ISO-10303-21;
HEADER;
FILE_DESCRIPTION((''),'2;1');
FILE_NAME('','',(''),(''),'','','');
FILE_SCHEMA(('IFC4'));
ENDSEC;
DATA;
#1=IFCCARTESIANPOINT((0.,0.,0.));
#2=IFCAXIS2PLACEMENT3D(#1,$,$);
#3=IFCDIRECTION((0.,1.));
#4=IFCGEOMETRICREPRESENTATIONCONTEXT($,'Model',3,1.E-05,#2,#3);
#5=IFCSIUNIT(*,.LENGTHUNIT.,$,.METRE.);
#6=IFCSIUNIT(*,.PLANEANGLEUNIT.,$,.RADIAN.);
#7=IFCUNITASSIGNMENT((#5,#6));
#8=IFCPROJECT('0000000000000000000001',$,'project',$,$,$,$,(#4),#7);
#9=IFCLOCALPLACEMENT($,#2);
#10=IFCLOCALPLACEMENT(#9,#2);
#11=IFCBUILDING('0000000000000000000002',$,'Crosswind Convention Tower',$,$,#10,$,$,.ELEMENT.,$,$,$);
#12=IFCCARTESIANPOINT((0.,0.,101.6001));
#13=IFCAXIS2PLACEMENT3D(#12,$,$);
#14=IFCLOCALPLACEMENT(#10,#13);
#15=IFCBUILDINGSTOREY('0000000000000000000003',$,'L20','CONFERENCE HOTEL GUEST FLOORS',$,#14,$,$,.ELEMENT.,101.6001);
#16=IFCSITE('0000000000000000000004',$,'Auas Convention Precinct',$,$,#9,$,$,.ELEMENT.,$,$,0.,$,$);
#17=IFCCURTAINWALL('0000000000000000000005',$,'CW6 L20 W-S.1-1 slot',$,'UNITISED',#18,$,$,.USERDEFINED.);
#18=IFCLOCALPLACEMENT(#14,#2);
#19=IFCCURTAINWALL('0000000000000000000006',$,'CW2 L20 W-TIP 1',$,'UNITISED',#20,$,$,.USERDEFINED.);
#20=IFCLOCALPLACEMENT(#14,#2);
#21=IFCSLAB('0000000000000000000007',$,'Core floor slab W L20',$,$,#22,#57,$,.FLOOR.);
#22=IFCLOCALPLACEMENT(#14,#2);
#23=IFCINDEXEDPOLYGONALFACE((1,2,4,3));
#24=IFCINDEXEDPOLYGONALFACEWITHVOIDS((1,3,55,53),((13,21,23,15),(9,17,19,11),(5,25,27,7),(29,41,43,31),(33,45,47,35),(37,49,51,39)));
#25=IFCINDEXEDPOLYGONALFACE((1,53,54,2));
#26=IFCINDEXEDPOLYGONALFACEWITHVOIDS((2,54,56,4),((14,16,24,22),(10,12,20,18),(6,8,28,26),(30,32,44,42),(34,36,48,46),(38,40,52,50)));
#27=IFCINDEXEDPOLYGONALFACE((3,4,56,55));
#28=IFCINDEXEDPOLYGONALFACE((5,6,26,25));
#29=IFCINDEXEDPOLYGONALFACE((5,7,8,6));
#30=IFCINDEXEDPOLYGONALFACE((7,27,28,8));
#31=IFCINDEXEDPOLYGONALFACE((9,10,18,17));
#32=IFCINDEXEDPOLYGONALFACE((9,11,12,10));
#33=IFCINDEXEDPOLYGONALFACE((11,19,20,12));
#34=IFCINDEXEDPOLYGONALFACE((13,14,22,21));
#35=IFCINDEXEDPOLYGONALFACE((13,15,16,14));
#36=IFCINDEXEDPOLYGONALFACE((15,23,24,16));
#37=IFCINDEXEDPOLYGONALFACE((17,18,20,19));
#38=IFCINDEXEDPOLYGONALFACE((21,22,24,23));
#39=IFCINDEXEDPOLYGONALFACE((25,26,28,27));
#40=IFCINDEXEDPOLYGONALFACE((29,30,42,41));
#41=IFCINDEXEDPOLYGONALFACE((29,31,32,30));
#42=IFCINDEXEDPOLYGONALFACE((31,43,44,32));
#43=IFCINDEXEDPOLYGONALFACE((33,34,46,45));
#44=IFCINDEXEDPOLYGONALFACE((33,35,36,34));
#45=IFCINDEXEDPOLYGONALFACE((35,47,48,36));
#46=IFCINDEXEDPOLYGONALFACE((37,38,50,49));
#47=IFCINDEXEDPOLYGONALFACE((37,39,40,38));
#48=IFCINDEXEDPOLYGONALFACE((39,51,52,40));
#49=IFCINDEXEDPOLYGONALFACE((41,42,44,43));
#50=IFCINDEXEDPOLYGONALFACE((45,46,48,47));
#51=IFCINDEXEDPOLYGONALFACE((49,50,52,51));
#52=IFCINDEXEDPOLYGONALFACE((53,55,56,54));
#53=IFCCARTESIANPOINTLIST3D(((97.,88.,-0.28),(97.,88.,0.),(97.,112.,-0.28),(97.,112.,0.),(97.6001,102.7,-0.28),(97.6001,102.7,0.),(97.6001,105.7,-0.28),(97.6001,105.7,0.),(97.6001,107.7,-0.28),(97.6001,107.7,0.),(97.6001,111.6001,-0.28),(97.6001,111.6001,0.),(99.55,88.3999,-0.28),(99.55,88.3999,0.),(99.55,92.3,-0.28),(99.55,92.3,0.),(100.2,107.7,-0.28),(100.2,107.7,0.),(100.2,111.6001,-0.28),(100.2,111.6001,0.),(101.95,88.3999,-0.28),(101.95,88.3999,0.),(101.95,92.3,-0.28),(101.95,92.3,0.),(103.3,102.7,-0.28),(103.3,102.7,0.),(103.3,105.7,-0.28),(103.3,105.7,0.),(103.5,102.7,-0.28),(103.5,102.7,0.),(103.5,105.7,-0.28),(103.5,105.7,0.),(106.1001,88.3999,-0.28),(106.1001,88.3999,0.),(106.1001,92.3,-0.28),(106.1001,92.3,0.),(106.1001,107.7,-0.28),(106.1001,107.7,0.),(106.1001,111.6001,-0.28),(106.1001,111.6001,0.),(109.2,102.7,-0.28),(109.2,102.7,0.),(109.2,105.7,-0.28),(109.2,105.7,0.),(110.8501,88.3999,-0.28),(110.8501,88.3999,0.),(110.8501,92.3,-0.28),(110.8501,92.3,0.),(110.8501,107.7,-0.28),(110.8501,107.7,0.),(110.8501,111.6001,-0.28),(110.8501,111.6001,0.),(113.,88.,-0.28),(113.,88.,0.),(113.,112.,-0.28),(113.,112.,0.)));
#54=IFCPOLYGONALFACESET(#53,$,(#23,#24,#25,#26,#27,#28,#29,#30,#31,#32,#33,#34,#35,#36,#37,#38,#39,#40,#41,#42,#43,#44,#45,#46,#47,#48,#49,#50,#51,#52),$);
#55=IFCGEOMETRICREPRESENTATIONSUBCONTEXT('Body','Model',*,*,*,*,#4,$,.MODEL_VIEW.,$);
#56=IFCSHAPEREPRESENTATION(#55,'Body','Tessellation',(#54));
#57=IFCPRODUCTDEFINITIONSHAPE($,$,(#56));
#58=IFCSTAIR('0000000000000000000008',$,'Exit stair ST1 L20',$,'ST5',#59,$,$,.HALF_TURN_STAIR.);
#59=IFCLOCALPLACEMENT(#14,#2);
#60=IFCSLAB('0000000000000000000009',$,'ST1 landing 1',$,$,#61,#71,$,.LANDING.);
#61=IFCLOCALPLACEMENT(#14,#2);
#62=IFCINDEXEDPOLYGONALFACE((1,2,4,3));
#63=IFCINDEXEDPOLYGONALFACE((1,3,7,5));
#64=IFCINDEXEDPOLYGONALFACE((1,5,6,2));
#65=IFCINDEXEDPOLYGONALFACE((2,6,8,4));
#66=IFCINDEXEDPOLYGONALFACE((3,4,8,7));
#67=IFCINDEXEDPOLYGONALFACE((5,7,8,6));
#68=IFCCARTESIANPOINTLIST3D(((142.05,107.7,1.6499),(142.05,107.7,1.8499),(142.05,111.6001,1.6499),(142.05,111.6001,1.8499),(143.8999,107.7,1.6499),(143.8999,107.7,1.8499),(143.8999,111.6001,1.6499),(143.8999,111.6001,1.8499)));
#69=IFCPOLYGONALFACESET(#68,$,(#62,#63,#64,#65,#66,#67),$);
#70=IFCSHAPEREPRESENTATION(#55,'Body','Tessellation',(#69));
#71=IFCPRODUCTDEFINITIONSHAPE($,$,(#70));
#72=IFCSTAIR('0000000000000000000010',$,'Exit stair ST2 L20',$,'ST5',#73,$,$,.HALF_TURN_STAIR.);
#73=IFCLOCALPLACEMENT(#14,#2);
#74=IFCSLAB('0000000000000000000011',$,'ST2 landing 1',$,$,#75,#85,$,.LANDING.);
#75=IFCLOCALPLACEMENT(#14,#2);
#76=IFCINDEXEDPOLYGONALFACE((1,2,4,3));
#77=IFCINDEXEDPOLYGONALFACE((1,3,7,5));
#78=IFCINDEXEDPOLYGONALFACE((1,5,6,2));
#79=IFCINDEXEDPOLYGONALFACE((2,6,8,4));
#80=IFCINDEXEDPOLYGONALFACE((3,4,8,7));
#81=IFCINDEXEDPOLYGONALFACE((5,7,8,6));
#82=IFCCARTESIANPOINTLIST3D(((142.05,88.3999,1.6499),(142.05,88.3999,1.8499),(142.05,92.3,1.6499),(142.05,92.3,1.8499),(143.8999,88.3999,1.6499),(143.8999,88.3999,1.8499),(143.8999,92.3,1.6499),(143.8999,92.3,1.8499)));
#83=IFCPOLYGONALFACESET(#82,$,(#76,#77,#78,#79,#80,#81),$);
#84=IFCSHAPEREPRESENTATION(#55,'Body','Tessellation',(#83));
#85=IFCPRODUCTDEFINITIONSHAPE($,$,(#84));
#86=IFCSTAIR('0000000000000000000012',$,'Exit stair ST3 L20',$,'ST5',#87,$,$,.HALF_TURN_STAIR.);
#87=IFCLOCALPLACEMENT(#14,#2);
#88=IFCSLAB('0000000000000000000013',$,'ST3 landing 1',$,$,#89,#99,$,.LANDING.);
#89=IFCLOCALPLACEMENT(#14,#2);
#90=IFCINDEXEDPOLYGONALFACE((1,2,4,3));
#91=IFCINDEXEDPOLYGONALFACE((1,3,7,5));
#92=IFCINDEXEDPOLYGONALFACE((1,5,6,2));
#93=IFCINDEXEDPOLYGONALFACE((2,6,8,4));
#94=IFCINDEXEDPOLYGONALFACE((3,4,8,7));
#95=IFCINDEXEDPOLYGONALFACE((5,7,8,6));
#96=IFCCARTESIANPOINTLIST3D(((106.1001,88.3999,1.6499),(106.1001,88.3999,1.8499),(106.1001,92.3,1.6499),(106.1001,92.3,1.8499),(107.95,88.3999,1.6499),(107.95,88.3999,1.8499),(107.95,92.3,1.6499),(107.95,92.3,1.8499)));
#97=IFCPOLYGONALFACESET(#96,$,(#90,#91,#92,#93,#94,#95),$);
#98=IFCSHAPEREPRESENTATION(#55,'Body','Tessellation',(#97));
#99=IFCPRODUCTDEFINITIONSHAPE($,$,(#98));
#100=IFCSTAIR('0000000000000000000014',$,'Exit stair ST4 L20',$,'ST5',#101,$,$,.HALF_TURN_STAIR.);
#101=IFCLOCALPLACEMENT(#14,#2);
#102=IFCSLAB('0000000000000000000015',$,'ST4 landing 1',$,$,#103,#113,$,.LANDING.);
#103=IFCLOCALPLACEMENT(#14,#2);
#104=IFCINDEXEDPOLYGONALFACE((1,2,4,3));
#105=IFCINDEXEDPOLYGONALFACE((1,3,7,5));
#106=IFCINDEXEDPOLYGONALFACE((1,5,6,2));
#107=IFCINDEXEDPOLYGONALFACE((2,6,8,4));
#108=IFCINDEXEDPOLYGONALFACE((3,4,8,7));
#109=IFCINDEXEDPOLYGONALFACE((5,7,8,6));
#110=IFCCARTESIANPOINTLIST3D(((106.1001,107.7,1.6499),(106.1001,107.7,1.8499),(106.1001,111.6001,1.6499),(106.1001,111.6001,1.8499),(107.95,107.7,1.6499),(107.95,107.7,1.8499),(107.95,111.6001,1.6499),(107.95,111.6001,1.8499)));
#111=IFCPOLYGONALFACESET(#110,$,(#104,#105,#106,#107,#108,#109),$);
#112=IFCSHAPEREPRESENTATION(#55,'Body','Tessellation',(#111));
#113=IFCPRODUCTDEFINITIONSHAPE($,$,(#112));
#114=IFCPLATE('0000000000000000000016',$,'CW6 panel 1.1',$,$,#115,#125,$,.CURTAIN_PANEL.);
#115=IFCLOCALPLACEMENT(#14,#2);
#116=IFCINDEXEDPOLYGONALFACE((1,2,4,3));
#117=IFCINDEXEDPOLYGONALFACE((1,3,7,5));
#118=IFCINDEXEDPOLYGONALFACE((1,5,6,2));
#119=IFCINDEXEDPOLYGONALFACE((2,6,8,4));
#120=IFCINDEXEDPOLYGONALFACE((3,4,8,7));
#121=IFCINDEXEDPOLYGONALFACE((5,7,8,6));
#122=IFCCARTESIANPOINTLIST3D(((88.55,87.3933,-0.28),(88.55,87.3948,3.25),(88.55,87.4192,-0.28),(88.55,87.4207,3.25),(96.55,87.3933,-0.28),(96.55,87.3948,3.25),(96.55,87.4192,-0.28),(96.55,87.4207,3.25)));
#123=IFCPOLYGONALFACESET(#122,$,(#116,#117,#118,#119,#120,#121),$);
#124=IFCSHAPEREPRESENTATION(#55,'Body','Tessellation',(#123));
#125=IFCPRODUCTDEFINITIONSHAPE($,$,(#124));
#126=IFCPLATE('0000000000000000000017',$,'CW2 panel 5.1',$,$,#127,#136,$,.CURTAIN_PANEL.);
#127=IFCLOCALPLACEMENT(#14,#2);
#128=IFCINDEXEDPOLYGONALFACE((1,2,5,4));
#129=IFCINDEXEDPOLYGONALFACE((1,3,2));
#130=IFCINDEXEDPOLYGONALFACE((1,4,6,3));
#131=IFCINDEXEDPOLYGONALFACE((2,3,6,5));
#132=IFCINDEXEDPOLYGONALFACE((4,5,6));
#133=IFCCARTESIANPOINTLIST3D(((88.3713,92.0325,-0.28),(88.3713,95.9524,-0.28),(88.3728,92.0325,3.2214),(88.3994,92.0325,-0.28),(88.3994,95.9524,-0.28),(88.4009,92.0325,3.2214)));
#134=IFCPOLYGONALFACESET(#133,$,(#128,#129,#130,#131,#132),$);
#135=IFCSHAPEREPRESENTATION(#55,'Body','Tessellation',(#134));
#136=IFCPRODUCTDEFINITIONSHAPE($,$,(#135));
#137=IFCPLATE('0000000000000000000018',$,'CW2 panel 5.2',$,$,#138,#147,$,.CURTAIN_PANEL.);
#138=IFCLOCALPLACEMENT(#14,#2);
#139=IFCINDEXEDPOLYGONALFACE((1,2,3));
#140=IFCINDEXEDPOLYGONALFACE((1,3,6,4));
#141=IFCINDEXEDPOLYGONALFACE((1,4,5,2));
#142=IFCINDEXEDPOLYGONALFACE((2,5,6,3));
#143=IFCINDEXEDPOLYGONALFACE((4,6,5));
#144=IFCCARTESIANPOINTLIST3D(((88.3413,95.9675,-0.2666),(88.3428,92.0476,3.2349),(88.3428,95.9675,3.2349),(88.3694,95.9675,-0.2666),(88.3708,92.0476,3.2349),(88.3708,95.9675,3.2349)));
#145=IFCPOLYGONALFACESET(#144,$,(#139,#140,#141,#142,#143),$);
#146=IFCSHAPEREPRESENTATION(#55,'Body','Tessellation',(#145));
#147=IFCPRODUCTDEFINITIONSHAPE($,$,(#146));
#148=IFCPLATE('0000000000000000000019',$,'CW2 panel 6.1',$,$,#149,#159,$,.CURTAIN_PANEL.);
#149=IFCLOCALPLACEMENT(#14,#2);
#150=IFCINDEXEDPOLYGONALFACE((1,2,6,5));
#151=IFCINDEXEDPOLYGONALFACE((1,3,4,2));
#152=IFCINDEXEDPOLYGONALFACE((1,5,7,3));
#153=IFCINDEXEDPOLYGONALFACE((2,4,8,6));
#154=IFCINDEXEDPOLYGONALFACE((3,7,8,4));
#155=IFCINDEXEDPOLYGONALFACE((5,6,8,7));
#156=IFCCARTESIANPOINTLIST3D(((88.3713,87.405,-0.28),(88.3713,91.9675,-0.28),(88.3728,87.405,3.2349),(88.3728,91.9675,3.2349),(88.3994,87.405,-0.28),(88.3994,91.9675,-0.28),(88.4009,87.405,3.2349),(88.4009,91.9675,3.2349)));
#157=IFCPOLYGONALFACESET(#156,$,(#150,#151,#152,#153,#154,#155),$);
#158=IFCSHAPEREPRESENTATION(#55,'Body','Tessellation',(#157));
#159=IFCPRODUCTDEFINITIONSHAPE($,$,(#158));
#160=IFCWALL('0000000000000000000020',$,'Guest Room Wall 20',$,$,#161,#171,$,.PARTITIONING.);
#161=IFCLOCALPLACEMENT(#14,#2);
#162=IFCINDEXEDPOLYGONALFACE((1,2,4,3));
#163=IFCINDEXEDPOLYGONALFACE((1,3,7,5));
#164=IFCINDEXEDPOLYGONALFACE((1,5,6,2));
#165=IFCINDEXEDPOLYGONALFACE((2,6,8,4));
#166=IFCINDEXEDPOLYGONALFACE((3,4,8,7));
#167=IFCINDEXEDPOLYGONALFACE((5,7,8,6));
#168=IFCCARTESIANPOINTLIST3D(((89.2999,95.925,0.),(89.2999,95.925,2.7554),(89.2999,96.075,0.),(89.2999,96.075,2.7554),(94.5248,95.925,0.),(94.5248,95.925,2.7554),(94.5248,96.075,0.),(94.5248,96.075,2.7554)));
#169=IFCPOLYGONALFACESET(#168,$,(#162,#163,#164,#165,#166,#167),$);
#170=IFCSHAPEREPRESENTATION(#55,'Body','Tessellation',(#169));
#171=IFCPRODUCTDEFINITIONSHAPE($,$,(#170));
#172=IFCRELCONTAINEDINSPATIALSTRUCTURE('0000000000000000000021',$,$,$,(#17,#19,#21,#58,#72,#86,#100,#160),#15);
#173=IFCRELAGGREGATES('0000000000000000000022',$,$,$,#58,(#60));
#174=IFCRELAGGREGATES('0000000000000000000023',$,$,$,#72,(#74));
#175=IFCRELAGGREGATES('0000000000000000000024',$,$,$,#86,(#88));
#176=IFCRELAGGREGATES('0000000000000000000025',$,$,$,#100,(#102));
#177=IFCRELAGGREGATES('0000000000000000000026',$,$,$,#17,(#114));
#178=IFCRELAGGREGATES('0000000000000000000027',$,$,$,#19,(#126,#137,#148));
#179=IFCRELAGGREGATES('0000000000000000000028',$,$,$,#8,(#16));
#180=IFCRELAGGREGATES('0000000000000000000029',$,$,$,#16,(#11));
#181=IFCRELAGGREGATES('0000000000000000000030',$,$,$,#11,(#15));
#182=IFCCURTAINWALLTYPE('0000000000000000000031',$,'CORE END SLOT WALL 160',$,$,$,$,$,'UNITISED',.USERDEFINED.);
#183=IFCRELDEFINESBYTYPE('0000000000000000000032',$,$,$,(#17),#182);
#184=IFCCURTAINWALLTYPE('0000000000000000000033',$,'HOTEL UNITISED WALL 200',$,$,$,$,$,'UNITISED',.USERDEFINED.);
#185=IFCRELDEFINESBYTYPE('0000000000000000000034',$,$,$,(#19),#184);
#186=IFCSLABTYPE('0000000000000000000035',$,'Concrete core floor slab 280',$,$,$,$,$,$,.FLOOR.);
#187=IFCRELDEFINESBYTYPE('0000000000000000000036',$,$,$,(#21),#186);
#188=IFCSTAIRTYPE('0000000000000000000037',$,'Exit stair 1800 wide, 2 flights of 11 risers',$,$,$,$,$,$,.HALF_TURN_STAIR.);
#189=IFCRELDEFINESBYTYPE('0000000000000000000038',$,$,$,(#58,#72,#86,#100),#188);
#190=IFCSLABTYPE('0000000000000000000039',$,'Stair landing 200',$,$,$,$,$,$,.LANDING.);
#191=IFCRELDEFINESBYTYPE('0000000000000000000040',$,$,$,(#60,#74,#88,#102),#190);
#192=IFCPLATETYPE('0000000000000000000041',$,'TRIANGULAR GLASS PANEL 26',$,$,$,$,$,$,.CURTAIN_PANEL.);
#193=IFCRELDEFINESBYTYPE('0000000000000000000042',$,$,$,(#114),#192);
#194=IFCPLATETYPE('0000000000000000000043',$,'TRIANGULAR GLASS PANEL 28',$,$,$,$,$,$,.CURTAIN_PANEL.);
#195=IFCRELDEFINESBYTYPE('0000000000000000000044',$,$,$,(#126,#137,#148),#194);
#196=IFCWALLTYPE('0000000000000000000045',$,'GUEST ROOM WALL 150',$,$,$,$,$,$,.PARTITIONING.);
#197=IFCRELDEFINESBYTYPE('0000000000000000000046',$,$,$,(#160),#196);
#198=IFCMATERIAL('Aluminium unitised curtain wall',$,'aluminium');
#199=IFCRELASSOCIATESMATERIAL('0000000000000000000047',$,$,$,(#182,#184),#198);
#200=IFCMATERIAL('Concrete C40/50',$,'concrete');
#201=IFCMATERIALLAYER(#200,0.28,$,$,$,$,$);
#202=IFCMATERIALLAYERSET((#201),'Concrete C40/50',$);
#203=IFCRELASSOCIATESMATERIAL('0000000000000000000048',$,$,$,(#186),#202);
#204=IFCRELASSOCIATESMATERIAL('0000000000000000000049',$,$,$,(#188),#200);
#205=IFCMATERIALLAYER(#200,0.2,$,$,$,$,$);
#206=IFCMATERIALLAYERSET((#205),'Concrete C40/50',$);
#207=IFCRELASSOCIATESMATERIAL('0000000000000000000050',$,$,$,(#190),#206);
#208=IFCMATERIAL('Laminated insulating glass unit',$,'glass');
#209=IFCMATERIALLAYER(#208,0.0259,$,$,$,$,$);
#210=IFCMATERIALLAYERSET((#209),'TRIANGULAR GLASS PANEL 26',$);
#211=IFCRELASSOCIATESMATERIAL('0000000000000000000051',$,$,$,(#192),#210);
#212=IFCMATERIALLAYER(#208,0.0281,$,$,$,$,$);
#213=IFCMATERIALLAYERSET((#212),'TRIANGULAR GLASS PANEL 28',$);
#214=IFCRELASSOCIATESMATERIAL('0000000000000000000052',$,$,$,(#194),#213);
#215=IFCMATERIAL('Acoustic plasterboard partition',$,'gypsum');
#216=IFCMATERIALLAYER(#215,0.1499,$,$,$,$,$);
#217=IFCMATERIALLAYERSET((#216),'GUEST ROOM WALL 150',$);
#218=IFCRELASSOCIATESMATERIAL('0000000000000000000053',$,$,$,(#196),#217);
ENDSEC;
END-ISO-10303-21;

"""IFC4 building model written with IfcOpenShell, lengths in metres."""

from ifc_helpers import new_model, si_unit, direction, frame, frame_2d, origin, place, context, subcontext, project, spatial, polyline, rectangle, outline, extrude, material, layer, layer_set, type_object, element, aggregate, save


model = new_model("IFC4")

# Units and contexts
model_context = context("Model", 3, precision=1e-05, world=origin(), true_north=direction((0.0, 1.0)))
body_context = subcontext(model_context, "Body", "Model", "MODEL_VIEW")
ifc_project = project(units=[si_unit("LENGTHUNIT", "METRE"), si_unit("PLANEANGLEUNIT", "RADIAN")], contexts=[model_context])

# Site, building, storey
site_placement = place(None, origin())
site = spatial("IfcSite", under=ifc_project, at=site_placement, Name="Auas Convention Precinct", CompositionType="ELEMENT", RefElevation=0.0)
building_placement = place(site_placement, origin())
building = spatial("IfcBuilding", under=site, at=building_placement, Name="Crosswind Convention Tower", CompositionType="ELEMENT")
storey_placement = place(building_placement, frame((0.0, 0.0, 101.6001)))
storey = spatial("IfcBuildingStorey", under=building, at=storey_placement, Name="L20", Description="CONFERENCE HOTEL GUEST FLOORS", CompositionType="ELEMENT", Elevation=101.6001)

# Curtain wall
ifc_material_1 = material(Name="Aluminium unitised curtain wall", Category="aluminium")
curtain_wall_type_1 = type_object("IfcCurtainWallType", Name="CORE END SLOT WALL 160", ElementType="UNITISED", PredefinedType="USERDEFINED", material=ifc_material_1)
curtain_wall_1_placement = place(storey_placement, origin())
curtain_wall_1 = element("IfcCurtainWall", 1, at=curtain_wall_1_placement, inside=storey, type_object=curtain_wall_type_1, Name="CW6 L20 W-S.1-1 slot", ObjectType="UNITISED", PredefinedType="USERDEFINED")

# Curtain wall
curtain_wall_type_2 = type_object("IfcCurtainWallType", Name="HOTEL UNITISED WALL 200", ElementType="UNITISED", PredefinedType="USERDEFINED", material=ifc_material_1)
curtain_wall_2_placement = place(storey_placement, origin())
curtain_wall_2 = element("IfcCurtainWall", 2, at=curtain_wall_2_placement, inside=storey, type_object=curtain_wall_type_2, Name="CW2 L20 W-TIP 1", ObjectType="UNITISED", PredefinedType="USERDEFINED")

# Slab
ifc_material_2 = material(Name="Concrete C40/50", Category="concrete")
ifc_layer_1 = layer(ifc_material_2, 0.28)
ifc_layer_set_1 = layer_set([ifc_layer_1], Name="Concrete C40/50")
slab_type_1 = type_object("IfcSlabType", Name="Concrete core floor slab 280", PredefinedType="FLOOR", material=ifc_layer_set_1)
slab_1_placement = place(storey_placement, frame((0.0, 0.0, -0.28)))
element("IfcSlab", 3, at=slab_1_placement, inside=storey, type_object=slab_type_1, Name="Core floor slab W L20", PredefinedType="FLOOR", context=body_context, shape_type="SweptSolid", body=[
    extrude(outline(polyline([(97.0, 88.0), (113.0, 88.0), (113.0, 112.0), (97.0, 112.0), (97.0, 88.0)]), holes=[polyline([(109.2, 102.7), (109.2, 105.7), (103.5, 105.7), (103.5, 102.7), (109.2, 102.7)]), polyline([(103.3, 102.7), (103.3, 105.7), (97.6001, 105.7), (97.6001, 102.7), (103.3, 102.7)]), polyline([(101.95, 88.3999), (101.95, 92.3), (99.55, 92.3), (99.55, 88.3999), (101.95, 88.3999)]), polyline([(100.2, 107.7), (100.2, 111.6001), (97.6001, 111.6001), (97.6001, 107.7), (100.2, 107.7)]), polyline([(110.8501, 88.3999), (110.8501, 92.3), (106.1001, 92.3), (106.1001, 88.3999), (110.8501, 88.3999)]), polyline([(110.8501, 107.7), (110.8501, 111.6001), (106.1001, 111.6001), (106.1001, 107.7), (110.8501, 107.7)])]), origin(), (0.0, 0.0, 1.0), 0.28),
])

# Stairs, slabs
stair_type = type_object("IfcStairType", Name="Exit stair 1800 wide, 2 flights of 11 risers", PredefinedType="HALF_TURN_STAIR", material=ifc_material_2)
stair_1_placement = place(storey_placement, origin())
stair_1 = element("IfcStair", 4, at=stair_1_placement, inside=storey, type_object=stair_type, Name="Exit stair ST1 L20", ObjectType="ST5", PredefinedType="HALF_TURN_STAIR")
ifc_layer_2 = layer(ifc_material_2, 0.2)
ifc_layer_set_2 = layer_set([ifc_layer_2], Name="Concrete C40/50")
slab_type_2 = type_object("IfcSlabType", Name="Stair landing 200", PredefinedType="LANDING", material=ifc_layer_set_2)
slab_2_placement = place(storey_placement, frame((0.0, 0.0, 1.6499)))
slab_2 = element("IfcSlab", 5, at=slab_2_placement, type_object=slab_type_2, Name="ST1 landing 1", PredefinedType="LANDING", context=body_context, shape_type="SweptSolid", body=[
    extrude(outline(polyline([(143.8999, 107.7), (143.8999, 111.6001), (142.05, 111.6001), (142.05, 107.7), (143.8999, 107.7)])), origin(), (0.0, 0.0, 1.0), 0.2),
])
aggregate(stair_1, [slab_2])
stair_2_placement = place(storey_placement, origin())
stair_2 = element("IfcStair", 6, at=stair_2_placement, inside=storey, type_object=stair_type, Name="Exit stair ST2 L20", ObjectType="ST5", PredefinedType="HALF_TURN_STAIR")
slab_3_placement = place(storey_placement, frame((0.0, 0.0, 1.6499)))
slab_3 = element("IfcSlab", 7, at=slab_3_placement, type_object=slab_type_2, Name="ST2 landing 1", PredefinedType="LANDING", context=body_context, shape_type="SweptSolid", body=[
    extrude(outline(polyline([(143.8999, 88.3999), (143.8999, 92.3), (142.05, 92.3), (142.05, 88.3999), (143.8999, 88.3999)])), origin(), (0.0, 0.0, 1.0), 0.2),
])
aggregate(stair_2, [slab_3])
stair_3_placement = place(storey_placement, origin())
stair_3 = element("IfcStair", 8, at=stair_3_placement, inside=storey, type_object=stair_type, Name="Exit stair ST3 L20", ObjectType="ST5", PredefinedType="HALF_TURN_STAIR")
slab_4_placement = place(storey_placement, frame((0.0, 0.0, 1.6499)))
slab_4 = element("IfcSlab", 9, at=slab_4_placement, type_object=slab_type_2, Name="ST3 landing 1", PredefinedType="LANDING", context=body_context, shape_type="SweptSolid", body=[
    extrude(outline(polyline([(107.95, 88.3999), (107.95, 92.3), (106.1001, 92.3), (106.1001, 88.3999), (107.95, 88.3999)])), origin(), (0.0, 0.0, 1.0), 0.2),
])
aggregate(stair_3, [slab_4])
stair_4_placement = place(storey_placement, origin())
stair_4 = element("IfcStair", 10, at=stair_4_placement, inside=storey, type_object=stair_type, Name="Exit stair ST4 L20", ObjectType="ST5", PredefinedType="HALF_TURN_STAIR")
slab_5_placement = place(storey_placement, frame((0.0, 0.0, 1.6499)))
slab_5 = element("IfcSlab", 11, at=slab_5_placement, type_object=slab_type_2, Name="ST4 landing 1", PredefinedType="LANDING", context=body_context, shape_type="SweptSolid", body=[
    extrude(outline(polyline([(107.95, 107.7), (107.95, 111.6001), (106.1001, 111.6001), (106.1001, 107.7), (107.95, 107.7)])), origin(), (0.0, 0.0, 1.0), 0.2),
])
aggregate(stair_4, [slab_5])

# Plates
ifc_material_3 = material(Name="Laminated insulating glass unit", Category="glass")
ifc_layer_3 = layer(ifc_material_3, 0.0259)
ifc_layer_set_3 = layer_set([ifc_layer_3], Name="TRIANGULAR GLASS PANEL 26")
plate_type_1 = type_object("IfcPlateType", Name="TRIANGULAR GLASS PANEL 26", PredefinedType="CURTAIN_PANEL", material=ifc_layer_set_3)
plate_1_placement = place(storey_placement, frame((88.55, 87.3933, -0.28), z_axis=(0.0, -1.0, 0.000415), x_axis=(1.0, 0.0, 0.0)))
plate_1 = element("IfcPlate", 12, at=plate_1_placement, type_object=plate_type_1, Name="CW6 panel 1.1", PredefinedType="CURTAIN_PANEL", context=body_context, shape_type="SweptSolid", body=[
    extrude(outline(polyline([(0.0, 0.0), (8.0, 0.0), (8.0, 3.53), (0.0, 3.53), (0.0, 0.0)])), origin(), (0.0, 0.0, -1.0), 0.0259),
])
aggregate(curtain_wall_1, [plate_1])
ifc_layer_4 = layer(ifc_material_3, 0.0281)
ifc_layer_set_4 = layer_set([ifc_layer_4], Name="TRIANGULAR GLASS PANEL 28")
plate_type_2 = type_object("IfcPlateType", Name="TRIANGULAR GLASS PANEL 28", PredefinedType="CURTAIN_PANEL", material=ifc_layer_set_4)
plate_2_placement = place(storey_placement, frame((88.3713, 92.0325, -0.28), z_axis=(-1.0, 0.0, 0.000418), x_axis=(0.000418, 0.0, 1.0)))
plate_2 = element("IfcPlate", 13, at=plate_2_placement, type_object=plate_type_2, Name="CW2 panel 5.1", PredefinedType="CURTAIN_PANEL", context=body_context, shape_type="SweptSolid", body=[
    extrude(outline(polyline([(0.0, 0.0), (3.5015, 0.0), (0.0, 3.9199), (0.0, 0.0)])), origin(), (0.0, 0.0, -1.0), 0.0281),
])
plate_3_placement = place(storey_placement, frame((88.3428, 95.9675, 3.2349), z_axis=(-1.0, 0.0, 0.000418), x_axis=(-0.000418, 0.0, -1.0)))
plate_3 = element("IfcPlate", 14, at=plate_3_placement, type_object=plate_type_2, Name="CW2 panel 5.2", PredefinedType="CURTAIN_PANEL", context=body_context, shape_type="SweptSolid", body=[
    extrude(outline(polyline([(0.0, 0.0), (3.5015, 0.0), (0.0, 3.9199), (0.0, 0.0)])), origin(), (0.0, 0.0, -1.0), 0.0281),
])
plate_4_placement = place(storey_placement, frame((88.3713, 91.9675, -0.28), z_axis=(-1.0, 0.0, 0.000417), x_axis=(0.0, -1.0, 0.0)))
plate_4 = element("IfcPlate", 15, at=plate_4_placement, type_object=plate_type_2, Name="CW2 panel 6.1", PredefinedType="CURTAIN_PANEL", context=body_context, shape_type="SweptSolid", body=[
    extrude(outline(polyline([(0.0, 0.0), (4.5625, 0.0), (4.5625, 3.5149), (0.0, 3.5149), (0.0, 0.0)])), origin(), (0.0, 0.0, -1.0), 0.0281),
])
aggregate(curtain_wall_2, [plate_2, plate_3, plate_4])

# Wall
ifc_material_4 = material(Name="Acoustic plasterboard partition", Category="gypsum")
ifc_layer_5 = layer(ifc_material_4, 0.1499)
ifc_layer_set_5 = layer_set([ifc_layer_5], Name="GUEST ROOM WALL 150")
wall_type_1 = type_object("IfcWallType", Name="GUEST ROOM WALL 150", PredefinedType="PARTITIONING", material=ifc_layer_set_5)
wall_1_placement = place(storey_placement, frame((89.3, 96.0, 0.0), z_axis=(0.0, 0.0, 1.0), x_axis=(1.0, 0.0, 0.0)))
element("IfcWall", 16, at=wall_1_placement, inside=storey, type_object=wall_type_1, Name="Guest Room Wall 20", PredefinedType="PARTITIONING", context=body_context, shape_type="SweptSolid", body=[
    extrude(rectangle(XDim=5.2249, YDim=0.1499, at=frame_2d((2.6123, 0.0))), origin(), (0.0, 0.0, 1.0), 2.7554),
])

save(model, "model.ifc")
